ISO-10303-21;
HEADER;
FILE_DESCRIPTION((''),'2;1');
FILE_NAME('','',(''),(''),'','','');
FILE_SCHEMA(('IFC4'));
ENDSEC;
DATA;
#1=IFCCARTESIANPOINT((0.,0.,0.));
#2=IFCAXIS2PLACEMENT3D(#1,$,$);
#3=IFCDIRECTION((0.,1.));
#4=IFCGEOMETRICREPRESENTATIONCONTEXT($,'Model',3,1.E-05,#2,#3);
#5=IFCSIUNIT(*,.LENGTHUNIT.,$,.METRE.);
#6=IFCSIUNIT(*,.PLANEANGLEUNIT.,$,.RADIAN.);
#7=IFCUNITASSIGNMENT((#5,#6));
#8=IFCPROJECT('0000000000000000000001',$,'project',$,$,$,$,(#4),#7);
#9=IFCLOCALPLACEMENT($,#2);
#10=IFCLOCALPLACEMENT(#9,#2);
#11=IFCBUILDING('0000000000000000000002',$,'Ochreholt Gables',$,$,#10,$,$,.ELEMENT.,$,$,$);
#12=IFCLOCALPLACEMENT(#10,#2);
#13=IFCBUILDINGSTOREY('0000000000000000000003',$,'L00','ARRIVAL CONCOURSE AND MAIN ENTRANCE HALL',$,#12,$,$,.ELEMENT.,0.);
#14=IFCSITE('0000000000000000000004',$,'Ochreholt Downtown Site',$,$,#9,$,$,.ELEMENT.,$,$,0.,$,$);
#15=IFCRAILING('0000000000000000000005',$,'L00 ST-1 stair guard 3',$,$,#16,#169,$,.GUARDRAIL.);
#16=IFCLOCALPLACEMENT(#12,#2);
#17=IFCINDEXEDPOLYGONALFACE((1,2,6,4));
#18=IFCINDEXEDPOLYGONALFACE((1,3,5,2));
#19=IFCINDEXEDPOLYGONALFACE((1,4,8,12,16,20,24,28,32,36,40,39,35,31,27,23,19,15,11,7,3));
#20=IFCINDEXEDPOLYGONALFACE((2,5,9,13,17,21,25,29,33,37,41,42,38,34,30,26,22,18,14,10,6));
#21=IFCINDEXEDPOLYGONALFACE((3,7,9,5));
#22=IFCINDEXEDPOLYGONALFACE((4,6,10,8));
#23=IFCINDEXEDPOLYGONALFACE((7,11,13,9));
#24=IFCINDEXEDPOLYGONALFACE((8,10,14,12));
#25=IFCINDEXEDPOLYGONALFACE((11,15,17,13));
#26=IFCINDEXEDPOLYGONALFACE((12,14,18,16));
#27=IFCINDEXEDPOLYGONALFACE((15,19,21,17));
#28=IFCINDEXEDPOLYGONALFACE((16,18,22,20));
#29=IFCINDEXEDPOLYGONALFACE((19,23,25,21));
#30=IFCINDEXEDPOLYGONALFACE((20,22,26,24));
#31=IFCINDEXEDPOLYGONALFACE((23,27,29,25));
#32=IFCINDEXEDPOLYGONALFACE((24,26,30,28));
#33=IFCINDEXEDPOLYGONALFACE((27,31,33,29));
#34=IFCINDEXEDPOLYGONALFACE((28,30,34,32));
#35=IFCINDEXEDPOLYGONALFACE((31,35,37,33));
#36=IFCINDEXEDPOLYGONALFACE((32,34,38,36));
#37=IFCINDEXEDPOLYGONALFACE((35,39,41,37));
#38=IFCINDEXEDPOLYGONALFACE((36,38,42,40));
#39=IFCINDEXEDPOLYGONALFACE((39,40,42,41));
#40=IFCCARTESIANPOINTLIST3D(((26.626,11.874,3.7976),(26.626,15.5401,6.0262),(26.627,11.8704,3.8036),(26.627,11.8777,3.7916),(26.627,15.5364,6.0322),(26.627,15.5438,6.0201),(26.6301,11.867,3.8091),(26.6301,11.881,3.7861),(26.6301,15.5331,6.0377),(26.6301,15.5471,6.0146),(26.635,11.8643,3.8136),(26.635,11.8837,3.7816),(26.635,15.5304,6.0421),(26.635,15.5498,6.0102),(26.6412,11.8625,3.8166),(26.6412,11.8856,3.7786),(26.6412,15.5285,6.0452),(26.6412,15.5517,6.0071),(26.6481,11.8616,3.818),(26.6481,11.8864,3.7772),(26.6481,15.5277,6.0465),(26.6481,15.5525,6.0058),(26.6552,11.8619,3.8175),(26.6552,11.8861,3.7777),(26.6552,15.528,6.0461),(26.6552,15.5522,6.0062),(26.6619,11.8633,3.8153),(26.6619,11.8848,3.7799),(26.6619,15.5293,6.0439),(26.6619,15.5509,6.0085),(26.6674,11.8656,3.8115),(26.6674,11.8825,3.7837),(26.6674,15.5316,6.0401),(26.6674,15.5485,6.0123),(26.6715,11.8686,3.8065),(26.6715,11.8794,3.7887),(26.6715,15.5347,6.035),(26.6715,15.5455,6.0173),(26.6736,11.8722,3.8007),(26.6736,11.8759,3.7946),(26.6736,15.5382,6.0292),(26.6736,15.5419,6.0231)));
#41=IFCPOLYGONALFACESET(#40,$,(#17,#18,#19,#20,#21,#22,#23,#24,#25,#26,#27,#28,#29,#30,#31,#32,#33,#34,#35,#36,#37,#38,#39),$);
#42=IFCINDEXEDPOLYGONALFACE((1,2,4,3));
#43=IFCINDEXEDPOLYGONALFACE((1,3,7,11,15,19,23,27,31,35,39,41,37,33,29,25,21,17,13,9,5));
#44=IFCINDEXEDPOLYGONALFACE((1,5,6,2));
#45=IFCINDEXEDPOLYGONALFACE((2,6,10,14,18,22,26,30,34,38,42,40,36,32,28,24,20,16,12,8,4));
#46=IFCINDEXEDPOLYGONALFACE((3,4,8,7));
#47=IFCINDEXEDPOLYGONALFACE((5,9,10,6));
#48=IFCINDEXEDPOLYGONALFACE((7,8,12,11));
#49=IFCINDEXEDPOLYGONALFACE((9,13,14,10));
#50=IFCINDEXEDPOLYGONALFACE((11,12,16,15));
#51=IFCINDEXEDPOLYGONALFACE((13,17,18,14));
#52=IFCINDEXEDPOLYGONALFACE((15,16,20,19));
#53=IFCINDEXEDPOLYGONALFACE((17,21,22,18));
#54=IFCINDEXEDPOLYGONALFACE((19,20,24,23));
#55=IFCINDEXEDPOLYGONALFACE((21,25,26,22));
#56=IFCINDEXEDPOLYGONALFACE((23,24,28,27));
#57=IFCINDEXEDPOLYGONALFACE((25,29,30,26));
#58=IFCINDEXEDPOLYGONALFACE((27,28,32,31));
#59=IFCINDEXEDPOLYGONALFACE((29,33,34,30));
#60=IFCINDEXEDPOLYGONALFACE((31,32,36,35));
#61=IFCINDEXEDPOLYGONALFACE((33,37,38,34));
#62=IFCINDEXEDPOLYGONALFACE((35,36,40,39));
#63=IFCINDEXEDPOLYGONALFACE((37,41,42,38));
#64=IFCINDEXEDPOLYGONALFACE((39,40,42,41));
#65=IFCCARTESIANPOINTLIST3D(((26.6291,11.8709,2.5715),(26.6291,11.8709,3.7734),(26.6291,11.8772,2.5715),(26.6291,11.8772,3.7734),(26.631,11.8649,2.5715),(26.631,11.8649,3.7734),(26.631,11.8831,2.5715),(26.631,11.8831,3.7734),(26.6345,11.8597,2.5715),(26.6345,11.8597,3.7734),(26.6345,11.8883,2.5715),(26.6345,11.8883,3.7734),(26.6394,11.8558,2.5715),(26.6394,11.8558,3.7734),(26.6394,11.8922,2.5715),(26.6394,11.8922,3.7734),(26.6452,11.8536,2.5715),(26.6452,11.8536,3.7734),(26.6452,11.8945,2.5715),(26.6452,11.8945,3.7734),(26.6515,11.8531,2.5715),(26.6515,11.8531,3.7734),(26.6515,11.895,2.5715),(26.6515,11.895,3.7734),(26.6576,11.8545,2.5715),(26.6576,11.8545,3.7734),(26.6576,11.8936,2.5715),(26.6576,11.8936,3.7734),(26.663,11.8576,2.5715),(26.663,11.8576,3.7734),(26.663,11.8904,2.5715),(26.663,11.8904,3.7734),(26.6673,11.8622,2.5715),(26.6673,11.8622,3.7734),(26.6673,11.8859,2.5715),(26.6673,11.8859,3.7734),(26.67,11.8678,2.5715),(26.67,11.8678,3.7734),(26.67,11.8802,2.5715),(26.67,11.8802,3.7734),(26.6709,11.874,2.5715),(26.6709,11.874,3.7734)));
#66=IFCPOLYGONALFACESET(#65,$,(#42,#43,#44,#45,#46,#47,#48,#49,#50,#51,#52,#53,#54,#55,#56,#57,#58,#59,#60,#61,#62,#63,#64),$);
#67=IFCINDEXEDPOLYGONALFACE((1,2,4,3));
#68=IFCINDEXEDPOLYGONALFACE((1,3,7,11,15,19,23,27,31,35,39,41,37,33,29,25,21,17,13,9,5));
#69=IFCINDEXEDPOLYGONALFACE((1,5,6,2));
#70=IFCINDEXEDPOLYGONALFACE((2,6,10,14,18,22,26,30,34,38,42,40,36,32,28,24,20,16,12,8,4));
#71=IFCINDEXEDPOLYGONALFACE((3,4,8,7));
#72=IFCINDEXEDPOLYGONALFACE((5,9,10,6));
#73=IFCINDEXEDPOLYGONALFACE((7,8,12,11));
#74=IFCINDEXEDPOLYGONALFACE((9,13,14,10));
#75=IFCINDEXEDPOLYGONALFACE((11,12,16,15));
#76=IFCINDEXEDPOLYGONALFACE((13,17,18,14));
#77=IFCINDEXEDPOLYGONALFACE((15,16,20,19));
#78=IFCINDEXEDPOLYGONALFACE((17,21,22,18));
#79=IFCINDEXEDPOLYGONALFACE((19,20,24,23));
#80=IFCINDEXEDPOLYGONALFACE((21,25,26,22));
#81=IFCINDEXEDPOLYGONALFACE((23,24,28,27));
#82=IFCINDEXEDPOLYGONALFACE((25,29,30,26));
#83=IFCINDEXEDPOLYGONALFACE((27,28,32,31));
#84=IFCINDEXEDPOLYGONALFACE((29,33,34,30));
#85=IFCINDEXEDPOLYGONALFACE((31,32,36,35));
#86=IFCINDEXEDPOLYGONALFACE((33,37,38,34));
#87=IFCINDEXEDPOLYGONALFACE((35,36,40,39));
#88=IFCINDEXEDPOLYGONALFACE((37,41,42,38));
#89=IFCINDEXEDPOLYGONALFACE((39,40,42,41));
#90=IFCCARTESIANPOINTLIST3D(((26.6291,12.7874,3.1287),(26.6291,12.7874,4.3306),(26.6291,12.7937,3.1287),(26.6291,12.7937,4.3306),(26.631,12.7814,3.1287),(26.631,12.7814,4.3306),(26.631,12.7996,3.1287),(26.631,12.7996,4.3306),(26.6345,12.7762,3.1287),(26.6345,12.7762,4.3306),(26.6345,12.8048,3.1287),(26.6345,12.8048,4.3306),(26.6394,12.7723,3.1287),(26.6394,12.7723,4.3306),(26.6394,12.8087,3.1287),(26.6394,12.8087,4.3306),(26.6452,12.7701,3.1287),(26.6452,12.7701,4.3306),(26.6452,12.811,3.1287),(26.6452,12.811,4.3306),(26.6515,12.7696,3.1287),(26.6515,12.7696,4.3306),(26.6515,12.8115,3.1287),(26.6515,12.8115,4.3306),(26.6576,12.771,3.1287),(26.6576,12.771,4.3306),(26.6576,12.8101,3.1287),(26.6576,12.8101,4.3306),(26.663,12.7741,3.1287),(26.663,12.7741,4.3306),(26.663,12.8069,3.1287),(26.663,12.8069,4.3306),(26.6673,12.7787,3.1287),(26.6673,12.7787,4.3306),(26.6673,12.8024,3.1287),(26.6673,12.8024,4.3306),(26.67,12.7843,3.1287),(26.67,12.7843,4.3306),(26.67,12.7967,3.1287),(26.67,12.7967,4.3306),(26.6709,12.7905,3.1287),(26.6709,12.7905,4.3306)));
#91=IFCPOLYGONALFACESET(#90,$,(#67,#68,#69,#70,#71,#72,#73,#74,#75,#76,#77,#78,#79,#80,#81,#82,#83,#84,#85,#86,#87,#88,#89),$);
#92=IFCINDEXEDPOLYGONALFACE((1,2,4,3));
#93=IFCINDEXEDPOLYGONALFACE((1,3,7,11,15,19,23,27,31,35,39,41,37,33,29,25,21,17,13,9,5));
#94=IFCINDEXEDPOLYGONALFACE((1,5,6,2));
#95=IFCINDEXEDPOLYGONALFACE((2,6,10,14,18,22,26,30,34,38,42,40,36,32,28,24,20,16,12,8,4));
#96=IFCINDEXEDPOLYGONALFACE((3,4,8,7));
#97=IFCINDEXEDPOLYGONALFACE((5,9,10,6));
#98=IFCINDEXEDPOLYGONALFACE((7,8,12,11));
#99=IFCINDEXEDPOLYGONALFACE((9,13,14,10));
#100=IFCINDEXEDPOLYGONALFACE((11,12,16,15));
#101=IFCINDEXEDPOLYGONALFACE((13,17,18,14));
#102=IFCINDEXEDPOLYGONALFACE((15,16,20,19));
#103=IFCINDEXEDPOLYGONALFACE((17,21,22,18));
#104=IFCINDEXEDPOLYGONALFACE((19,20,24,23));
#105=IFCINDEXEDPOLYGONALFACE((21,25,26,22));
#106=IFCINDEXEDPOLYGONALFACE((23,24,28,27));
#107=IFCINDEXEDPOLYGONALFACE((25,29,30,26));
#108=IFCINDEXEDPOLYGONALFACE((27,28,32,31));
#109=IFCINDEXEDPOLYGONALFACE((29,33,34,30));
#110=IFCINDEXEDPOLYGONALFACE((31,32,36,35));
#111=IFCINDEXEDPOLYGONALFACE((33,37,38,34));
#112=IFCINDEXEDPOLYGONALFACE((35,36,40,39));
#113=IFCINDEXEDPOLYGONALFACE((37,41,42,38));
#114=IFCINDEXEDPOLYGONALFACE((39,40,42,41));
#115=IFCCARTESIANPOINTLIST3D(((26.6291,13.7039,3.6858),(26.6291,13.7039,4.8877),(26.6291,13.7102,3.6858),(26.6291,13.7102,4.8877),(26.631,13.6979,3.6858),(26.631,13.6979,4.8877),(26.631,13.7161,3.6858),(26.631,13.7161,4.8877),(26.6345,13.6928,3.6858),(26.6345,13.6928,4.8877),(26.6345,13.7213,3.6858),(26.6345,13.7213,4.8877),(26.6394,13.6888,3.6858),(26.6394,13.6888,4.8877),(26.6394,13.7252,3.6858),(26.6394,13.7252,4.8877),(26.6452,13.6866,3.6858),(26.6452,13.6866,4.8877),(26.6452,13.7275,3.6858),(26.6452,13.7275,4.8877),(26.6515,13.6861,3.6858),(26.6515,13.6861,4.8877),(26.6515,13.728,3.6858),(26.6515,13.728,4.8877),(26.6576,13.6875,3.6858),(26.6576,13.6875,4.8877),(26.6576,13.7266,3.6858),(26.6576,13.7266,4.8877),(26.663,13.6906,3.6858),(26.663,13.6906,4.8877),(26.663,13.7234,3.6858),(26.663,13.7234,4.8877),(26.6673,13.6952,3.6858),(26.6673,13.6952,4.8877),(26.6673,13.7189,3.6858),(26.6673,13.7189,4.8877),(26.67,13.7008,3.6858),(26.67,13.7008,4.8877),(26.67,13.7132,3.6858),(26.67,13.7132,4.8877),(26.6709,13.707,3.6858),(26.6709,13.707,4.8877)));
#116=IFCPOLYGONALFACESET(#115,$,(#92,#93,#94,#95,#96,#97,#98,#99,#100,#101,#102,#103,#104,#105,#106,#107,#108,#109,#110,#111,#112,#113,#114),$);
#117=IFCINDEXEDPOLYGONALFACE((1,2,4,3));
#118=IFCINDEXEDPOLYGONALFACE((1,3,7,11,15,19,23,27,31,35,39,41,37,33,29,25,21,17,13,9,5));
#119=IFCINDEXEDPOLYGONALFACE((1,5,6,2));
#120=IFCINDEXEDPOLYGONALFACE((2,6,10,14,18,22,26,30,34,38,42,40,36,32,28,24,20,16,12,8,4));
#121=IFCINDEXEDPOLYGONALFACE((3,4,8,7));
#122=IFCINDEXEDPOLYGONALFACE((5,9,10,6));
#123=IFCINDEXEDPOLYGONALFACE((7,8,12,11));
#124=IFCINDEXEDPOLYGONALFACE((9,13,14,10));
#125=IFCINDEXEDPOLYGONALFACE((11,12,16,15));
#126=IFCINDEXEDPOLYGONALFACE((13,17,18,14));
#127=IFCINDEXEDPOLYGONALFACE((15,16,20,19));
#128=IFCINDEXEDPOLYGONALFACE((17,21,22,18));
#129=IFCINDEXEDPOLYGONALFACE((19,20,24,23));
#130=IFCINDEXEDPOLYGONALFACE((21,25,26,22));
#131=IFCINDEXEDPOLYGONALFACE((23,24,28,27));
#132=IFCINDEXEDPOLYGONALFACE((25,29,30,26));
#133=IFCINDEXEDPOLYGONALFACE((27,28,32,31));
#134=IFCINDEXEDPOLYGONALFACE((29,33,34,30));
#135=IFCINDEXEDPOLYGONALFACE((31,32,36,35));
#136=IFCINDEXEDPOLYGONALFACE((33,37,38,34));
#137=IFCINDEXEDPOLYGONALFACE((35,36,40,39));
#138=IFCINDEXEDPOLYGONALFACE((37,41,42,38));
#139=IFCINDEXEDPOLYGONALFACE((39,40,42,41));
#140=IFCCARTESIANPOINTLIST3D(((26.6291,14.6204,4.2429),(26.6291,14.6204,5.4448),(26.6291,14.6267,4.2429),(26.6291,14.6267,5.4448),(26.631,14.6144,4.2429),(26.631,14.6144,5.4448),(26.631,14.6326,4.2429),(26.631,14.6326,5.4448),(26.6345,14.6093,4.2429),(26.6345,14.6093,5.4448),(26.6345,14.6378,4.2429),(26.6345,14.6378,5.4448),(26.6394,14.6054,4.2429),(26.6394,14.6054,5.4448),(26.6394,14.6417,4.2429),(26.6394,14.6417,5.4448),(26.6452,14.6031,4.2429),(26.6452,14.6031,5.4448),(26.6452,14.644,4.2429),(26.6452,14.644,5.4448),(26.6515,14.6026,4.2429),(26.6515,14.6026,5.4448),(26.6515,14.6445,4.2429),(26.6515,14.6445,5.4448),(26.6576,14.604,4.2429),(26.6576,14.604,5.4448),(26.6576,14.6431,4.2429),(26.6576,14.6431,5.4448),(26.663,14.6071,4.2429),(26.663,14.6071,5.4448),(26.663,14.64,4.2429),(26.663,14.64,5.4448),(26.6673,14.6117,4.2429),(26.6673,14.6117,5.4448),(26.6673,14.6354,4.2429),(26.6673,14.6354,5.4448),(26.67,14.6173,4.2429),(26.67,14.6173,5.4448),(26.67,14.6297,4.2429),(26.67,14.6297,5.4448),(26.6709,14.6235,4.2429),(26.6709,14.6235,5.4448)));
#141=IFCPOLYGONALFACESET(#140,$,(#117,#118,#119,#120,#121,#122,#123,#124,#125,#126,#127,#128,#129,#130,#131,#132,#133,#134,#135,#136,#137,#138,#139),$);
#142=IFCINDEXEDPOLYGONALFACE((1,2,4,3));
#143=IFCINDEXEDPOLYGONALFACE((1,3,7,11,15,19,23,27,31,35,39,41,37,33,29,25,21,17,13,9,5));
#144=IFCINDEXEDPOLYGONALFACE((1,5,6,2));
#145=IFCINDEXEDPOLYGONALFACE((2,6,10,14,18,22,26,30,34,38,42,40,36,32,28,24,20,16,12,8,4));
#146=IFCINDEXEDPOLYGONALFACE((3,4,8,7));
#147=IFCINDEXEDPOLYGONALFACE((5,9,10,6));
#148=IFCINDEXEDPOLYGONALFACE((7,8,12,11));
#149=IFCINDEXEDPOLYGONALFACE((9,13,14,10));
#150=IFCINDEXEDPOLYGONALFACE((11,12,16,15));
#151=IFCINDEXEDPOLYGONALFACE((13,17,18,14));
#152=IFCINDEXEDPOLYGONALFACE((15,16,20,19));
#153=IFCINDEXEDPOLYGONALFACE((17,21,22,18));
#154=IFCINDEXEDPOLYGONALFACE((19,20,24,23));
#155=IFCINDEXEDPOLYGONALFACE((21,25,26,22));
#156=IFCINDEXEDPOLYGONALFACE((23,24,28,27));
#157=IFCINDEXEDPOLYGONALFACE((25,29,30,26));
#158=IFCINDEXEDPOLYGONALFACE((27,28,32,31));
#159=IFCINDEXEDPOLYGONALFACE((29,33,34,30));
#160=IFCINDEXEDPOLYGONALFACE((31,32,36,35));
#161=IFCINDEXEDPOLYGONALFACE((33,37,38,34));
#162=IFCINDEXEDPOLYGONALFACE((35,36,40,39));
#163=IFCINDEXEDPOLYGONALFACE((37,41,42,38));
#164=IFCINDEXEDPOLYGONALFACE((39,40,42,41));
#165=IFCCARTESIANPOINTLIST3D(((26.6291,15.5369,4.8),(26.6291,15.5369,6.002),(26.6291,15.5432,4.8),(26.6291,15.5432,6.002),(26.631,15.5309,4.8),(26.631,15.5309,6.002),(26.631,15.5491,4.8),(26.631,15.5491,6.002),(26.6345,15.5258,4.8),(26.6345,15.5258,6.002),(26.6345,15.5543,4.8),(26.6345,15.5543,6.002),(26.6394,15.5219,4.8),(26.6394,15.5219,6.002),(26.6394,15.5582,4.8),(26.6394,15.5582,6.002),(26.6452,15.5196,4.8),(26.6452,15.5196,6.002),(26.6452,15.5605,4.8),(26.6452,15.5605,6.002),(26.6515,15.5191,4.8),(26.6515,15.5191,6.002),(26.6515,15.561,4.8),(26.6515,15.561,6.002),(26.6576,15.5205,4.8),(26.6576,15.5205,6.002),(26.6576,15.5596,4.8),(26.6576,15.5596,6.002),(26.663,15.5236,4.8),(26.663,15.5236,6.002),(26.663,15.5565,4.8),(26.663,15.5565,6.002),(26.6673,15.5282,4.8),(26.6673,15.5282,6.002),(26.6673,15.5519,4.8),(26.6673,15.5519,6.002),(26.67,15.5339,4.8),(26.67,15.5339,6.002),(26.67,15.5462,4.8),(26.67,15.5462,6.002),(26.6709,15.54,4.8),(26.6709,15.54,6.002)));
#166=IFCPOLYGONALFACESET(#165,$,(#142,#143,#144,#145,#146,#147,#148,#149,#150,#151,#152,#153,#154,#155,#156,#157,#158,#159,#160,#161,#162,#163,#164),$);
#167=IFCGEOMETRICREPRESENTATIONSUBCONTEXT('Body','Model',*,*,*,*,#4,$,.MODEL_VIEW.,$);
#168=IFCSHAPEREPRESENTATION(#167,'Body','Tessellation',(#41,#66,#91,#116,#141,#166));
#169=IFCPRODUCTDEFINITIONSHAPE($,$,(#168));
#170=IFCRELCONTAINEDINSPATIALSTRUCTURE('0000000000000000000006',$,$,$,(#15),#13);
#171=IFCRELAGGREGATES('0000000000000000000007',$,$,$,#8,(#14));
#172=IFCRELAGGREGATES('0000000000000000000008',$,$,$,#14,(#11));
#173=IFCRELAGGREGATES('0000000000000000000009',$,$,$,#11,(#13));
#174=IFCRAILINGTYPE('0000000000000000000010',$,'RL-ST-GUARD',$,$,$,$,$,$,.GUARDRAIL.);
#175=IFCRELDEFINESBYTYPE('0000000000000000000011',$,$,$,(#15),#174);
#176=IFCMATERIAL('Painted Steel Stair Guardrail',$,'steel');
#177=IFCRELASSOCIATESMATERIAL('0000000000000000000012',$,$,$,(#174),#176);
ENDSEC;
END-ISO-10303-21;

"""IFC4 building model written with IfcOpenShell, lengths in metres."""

from ifc_helpers import new_model, si_unit, direction, frame, origin, origin_2d, place, context, subcontext, project, spatial, circle, extrude, material, type_object, element, save


model = new_model("IFC4")

# Units and contexts
model_context = context("Model", 3, precision=1e-05, world=origin(), true_north=direction((0.0, 1.0)))
body_context = subcontext(model_context, "Body", "Model", "MODEL_VIEW")
ifc_project = project(units=[si_unit("LENGTHUNIT", "METRE"), si_unit("PLANEANGLEUNIT", "RADIAN")], contexts=[model_context])

# Site, building, storey
site_placement = place(None, origin())
site = spatial("IfcSite", under=ifc_project, at=site_placement, Name="Ochreholt Downtown Site", CompositionType="ELEMENT", RefElevation=0.0)
building_placement = place(site_placement, origin())
building = spatial("IfcBuilding", under=site, at=building_placement, Name="Ochreholt Gables", CompositionType="ELEMENT")
storey_placement = place(building_placement, origin())
storey = spatial("IfcBuildingStorey", under=building, at=storey_placement, Name="L00", Description="ARRIVAL CONCOURSE AND MAIN ENTRANCE HALL", CompositionType="ELEMENT", Elevation=0.0)

# Railing
ifc_material_1 = material(Name="Painted Steel Stair Guardrail", Category="steel")
railing_type_1 = type_object("IfcRailingType", Name="RL-ST-GUARD", PredefinedType="GUARDRAIL", material=ifc_material_1)
railing_1_placement = place(storey_placement, frame((26.6499, 11.874, 2.5715)))
element("IfcRailing", 1, at=railing_1_placement, inside=storey, type_object=railing_type_1, Name="L00 ST-1 stair guard 3", PredefinedType="GUARDRAIL", context=body_context, shape_type="SweptSolid", body=[
    extrude(circle(Radius=0.0239, at=origin_2d()), frame((0.0, 0.0, 1.2261), z_axis=(0.0, 0.854506, 0.519441), x_axis=(-1.0, 0.0, 0.0)), (0.0, 0.0, 1.0), 4.2903),
    extrude(circle(Radius=0.021, at=origin_2d()), origin(), (0.0, 0.0, 1.0), 1.2019),
    extrude(circle(Radius=0.021, at=origin_2d()), frame((0.0, 0.9165, 0.5571)), (0.0, 0.0, 1.0), 1.2019),
    extrude(circle(Radius=0.021, at=origin_2d()), frame((0.0, 1.833, 1.1143)), (0.0, 0.0, 1.0), 1.2019),
    extrude(circle(Radius=0.021, at=origin_2d()), frame((0.0, 2.7495, 1.6714)), (0.0, 0.0, 1.0), 1.2019),
    extrude(circle(Radius=0.021, at=origin_2d()), frame((0.0, 3.666, 2.2285)), (0.0, 0.0, 1.0), 1.2019),
])

save(model, "model.ifc")
